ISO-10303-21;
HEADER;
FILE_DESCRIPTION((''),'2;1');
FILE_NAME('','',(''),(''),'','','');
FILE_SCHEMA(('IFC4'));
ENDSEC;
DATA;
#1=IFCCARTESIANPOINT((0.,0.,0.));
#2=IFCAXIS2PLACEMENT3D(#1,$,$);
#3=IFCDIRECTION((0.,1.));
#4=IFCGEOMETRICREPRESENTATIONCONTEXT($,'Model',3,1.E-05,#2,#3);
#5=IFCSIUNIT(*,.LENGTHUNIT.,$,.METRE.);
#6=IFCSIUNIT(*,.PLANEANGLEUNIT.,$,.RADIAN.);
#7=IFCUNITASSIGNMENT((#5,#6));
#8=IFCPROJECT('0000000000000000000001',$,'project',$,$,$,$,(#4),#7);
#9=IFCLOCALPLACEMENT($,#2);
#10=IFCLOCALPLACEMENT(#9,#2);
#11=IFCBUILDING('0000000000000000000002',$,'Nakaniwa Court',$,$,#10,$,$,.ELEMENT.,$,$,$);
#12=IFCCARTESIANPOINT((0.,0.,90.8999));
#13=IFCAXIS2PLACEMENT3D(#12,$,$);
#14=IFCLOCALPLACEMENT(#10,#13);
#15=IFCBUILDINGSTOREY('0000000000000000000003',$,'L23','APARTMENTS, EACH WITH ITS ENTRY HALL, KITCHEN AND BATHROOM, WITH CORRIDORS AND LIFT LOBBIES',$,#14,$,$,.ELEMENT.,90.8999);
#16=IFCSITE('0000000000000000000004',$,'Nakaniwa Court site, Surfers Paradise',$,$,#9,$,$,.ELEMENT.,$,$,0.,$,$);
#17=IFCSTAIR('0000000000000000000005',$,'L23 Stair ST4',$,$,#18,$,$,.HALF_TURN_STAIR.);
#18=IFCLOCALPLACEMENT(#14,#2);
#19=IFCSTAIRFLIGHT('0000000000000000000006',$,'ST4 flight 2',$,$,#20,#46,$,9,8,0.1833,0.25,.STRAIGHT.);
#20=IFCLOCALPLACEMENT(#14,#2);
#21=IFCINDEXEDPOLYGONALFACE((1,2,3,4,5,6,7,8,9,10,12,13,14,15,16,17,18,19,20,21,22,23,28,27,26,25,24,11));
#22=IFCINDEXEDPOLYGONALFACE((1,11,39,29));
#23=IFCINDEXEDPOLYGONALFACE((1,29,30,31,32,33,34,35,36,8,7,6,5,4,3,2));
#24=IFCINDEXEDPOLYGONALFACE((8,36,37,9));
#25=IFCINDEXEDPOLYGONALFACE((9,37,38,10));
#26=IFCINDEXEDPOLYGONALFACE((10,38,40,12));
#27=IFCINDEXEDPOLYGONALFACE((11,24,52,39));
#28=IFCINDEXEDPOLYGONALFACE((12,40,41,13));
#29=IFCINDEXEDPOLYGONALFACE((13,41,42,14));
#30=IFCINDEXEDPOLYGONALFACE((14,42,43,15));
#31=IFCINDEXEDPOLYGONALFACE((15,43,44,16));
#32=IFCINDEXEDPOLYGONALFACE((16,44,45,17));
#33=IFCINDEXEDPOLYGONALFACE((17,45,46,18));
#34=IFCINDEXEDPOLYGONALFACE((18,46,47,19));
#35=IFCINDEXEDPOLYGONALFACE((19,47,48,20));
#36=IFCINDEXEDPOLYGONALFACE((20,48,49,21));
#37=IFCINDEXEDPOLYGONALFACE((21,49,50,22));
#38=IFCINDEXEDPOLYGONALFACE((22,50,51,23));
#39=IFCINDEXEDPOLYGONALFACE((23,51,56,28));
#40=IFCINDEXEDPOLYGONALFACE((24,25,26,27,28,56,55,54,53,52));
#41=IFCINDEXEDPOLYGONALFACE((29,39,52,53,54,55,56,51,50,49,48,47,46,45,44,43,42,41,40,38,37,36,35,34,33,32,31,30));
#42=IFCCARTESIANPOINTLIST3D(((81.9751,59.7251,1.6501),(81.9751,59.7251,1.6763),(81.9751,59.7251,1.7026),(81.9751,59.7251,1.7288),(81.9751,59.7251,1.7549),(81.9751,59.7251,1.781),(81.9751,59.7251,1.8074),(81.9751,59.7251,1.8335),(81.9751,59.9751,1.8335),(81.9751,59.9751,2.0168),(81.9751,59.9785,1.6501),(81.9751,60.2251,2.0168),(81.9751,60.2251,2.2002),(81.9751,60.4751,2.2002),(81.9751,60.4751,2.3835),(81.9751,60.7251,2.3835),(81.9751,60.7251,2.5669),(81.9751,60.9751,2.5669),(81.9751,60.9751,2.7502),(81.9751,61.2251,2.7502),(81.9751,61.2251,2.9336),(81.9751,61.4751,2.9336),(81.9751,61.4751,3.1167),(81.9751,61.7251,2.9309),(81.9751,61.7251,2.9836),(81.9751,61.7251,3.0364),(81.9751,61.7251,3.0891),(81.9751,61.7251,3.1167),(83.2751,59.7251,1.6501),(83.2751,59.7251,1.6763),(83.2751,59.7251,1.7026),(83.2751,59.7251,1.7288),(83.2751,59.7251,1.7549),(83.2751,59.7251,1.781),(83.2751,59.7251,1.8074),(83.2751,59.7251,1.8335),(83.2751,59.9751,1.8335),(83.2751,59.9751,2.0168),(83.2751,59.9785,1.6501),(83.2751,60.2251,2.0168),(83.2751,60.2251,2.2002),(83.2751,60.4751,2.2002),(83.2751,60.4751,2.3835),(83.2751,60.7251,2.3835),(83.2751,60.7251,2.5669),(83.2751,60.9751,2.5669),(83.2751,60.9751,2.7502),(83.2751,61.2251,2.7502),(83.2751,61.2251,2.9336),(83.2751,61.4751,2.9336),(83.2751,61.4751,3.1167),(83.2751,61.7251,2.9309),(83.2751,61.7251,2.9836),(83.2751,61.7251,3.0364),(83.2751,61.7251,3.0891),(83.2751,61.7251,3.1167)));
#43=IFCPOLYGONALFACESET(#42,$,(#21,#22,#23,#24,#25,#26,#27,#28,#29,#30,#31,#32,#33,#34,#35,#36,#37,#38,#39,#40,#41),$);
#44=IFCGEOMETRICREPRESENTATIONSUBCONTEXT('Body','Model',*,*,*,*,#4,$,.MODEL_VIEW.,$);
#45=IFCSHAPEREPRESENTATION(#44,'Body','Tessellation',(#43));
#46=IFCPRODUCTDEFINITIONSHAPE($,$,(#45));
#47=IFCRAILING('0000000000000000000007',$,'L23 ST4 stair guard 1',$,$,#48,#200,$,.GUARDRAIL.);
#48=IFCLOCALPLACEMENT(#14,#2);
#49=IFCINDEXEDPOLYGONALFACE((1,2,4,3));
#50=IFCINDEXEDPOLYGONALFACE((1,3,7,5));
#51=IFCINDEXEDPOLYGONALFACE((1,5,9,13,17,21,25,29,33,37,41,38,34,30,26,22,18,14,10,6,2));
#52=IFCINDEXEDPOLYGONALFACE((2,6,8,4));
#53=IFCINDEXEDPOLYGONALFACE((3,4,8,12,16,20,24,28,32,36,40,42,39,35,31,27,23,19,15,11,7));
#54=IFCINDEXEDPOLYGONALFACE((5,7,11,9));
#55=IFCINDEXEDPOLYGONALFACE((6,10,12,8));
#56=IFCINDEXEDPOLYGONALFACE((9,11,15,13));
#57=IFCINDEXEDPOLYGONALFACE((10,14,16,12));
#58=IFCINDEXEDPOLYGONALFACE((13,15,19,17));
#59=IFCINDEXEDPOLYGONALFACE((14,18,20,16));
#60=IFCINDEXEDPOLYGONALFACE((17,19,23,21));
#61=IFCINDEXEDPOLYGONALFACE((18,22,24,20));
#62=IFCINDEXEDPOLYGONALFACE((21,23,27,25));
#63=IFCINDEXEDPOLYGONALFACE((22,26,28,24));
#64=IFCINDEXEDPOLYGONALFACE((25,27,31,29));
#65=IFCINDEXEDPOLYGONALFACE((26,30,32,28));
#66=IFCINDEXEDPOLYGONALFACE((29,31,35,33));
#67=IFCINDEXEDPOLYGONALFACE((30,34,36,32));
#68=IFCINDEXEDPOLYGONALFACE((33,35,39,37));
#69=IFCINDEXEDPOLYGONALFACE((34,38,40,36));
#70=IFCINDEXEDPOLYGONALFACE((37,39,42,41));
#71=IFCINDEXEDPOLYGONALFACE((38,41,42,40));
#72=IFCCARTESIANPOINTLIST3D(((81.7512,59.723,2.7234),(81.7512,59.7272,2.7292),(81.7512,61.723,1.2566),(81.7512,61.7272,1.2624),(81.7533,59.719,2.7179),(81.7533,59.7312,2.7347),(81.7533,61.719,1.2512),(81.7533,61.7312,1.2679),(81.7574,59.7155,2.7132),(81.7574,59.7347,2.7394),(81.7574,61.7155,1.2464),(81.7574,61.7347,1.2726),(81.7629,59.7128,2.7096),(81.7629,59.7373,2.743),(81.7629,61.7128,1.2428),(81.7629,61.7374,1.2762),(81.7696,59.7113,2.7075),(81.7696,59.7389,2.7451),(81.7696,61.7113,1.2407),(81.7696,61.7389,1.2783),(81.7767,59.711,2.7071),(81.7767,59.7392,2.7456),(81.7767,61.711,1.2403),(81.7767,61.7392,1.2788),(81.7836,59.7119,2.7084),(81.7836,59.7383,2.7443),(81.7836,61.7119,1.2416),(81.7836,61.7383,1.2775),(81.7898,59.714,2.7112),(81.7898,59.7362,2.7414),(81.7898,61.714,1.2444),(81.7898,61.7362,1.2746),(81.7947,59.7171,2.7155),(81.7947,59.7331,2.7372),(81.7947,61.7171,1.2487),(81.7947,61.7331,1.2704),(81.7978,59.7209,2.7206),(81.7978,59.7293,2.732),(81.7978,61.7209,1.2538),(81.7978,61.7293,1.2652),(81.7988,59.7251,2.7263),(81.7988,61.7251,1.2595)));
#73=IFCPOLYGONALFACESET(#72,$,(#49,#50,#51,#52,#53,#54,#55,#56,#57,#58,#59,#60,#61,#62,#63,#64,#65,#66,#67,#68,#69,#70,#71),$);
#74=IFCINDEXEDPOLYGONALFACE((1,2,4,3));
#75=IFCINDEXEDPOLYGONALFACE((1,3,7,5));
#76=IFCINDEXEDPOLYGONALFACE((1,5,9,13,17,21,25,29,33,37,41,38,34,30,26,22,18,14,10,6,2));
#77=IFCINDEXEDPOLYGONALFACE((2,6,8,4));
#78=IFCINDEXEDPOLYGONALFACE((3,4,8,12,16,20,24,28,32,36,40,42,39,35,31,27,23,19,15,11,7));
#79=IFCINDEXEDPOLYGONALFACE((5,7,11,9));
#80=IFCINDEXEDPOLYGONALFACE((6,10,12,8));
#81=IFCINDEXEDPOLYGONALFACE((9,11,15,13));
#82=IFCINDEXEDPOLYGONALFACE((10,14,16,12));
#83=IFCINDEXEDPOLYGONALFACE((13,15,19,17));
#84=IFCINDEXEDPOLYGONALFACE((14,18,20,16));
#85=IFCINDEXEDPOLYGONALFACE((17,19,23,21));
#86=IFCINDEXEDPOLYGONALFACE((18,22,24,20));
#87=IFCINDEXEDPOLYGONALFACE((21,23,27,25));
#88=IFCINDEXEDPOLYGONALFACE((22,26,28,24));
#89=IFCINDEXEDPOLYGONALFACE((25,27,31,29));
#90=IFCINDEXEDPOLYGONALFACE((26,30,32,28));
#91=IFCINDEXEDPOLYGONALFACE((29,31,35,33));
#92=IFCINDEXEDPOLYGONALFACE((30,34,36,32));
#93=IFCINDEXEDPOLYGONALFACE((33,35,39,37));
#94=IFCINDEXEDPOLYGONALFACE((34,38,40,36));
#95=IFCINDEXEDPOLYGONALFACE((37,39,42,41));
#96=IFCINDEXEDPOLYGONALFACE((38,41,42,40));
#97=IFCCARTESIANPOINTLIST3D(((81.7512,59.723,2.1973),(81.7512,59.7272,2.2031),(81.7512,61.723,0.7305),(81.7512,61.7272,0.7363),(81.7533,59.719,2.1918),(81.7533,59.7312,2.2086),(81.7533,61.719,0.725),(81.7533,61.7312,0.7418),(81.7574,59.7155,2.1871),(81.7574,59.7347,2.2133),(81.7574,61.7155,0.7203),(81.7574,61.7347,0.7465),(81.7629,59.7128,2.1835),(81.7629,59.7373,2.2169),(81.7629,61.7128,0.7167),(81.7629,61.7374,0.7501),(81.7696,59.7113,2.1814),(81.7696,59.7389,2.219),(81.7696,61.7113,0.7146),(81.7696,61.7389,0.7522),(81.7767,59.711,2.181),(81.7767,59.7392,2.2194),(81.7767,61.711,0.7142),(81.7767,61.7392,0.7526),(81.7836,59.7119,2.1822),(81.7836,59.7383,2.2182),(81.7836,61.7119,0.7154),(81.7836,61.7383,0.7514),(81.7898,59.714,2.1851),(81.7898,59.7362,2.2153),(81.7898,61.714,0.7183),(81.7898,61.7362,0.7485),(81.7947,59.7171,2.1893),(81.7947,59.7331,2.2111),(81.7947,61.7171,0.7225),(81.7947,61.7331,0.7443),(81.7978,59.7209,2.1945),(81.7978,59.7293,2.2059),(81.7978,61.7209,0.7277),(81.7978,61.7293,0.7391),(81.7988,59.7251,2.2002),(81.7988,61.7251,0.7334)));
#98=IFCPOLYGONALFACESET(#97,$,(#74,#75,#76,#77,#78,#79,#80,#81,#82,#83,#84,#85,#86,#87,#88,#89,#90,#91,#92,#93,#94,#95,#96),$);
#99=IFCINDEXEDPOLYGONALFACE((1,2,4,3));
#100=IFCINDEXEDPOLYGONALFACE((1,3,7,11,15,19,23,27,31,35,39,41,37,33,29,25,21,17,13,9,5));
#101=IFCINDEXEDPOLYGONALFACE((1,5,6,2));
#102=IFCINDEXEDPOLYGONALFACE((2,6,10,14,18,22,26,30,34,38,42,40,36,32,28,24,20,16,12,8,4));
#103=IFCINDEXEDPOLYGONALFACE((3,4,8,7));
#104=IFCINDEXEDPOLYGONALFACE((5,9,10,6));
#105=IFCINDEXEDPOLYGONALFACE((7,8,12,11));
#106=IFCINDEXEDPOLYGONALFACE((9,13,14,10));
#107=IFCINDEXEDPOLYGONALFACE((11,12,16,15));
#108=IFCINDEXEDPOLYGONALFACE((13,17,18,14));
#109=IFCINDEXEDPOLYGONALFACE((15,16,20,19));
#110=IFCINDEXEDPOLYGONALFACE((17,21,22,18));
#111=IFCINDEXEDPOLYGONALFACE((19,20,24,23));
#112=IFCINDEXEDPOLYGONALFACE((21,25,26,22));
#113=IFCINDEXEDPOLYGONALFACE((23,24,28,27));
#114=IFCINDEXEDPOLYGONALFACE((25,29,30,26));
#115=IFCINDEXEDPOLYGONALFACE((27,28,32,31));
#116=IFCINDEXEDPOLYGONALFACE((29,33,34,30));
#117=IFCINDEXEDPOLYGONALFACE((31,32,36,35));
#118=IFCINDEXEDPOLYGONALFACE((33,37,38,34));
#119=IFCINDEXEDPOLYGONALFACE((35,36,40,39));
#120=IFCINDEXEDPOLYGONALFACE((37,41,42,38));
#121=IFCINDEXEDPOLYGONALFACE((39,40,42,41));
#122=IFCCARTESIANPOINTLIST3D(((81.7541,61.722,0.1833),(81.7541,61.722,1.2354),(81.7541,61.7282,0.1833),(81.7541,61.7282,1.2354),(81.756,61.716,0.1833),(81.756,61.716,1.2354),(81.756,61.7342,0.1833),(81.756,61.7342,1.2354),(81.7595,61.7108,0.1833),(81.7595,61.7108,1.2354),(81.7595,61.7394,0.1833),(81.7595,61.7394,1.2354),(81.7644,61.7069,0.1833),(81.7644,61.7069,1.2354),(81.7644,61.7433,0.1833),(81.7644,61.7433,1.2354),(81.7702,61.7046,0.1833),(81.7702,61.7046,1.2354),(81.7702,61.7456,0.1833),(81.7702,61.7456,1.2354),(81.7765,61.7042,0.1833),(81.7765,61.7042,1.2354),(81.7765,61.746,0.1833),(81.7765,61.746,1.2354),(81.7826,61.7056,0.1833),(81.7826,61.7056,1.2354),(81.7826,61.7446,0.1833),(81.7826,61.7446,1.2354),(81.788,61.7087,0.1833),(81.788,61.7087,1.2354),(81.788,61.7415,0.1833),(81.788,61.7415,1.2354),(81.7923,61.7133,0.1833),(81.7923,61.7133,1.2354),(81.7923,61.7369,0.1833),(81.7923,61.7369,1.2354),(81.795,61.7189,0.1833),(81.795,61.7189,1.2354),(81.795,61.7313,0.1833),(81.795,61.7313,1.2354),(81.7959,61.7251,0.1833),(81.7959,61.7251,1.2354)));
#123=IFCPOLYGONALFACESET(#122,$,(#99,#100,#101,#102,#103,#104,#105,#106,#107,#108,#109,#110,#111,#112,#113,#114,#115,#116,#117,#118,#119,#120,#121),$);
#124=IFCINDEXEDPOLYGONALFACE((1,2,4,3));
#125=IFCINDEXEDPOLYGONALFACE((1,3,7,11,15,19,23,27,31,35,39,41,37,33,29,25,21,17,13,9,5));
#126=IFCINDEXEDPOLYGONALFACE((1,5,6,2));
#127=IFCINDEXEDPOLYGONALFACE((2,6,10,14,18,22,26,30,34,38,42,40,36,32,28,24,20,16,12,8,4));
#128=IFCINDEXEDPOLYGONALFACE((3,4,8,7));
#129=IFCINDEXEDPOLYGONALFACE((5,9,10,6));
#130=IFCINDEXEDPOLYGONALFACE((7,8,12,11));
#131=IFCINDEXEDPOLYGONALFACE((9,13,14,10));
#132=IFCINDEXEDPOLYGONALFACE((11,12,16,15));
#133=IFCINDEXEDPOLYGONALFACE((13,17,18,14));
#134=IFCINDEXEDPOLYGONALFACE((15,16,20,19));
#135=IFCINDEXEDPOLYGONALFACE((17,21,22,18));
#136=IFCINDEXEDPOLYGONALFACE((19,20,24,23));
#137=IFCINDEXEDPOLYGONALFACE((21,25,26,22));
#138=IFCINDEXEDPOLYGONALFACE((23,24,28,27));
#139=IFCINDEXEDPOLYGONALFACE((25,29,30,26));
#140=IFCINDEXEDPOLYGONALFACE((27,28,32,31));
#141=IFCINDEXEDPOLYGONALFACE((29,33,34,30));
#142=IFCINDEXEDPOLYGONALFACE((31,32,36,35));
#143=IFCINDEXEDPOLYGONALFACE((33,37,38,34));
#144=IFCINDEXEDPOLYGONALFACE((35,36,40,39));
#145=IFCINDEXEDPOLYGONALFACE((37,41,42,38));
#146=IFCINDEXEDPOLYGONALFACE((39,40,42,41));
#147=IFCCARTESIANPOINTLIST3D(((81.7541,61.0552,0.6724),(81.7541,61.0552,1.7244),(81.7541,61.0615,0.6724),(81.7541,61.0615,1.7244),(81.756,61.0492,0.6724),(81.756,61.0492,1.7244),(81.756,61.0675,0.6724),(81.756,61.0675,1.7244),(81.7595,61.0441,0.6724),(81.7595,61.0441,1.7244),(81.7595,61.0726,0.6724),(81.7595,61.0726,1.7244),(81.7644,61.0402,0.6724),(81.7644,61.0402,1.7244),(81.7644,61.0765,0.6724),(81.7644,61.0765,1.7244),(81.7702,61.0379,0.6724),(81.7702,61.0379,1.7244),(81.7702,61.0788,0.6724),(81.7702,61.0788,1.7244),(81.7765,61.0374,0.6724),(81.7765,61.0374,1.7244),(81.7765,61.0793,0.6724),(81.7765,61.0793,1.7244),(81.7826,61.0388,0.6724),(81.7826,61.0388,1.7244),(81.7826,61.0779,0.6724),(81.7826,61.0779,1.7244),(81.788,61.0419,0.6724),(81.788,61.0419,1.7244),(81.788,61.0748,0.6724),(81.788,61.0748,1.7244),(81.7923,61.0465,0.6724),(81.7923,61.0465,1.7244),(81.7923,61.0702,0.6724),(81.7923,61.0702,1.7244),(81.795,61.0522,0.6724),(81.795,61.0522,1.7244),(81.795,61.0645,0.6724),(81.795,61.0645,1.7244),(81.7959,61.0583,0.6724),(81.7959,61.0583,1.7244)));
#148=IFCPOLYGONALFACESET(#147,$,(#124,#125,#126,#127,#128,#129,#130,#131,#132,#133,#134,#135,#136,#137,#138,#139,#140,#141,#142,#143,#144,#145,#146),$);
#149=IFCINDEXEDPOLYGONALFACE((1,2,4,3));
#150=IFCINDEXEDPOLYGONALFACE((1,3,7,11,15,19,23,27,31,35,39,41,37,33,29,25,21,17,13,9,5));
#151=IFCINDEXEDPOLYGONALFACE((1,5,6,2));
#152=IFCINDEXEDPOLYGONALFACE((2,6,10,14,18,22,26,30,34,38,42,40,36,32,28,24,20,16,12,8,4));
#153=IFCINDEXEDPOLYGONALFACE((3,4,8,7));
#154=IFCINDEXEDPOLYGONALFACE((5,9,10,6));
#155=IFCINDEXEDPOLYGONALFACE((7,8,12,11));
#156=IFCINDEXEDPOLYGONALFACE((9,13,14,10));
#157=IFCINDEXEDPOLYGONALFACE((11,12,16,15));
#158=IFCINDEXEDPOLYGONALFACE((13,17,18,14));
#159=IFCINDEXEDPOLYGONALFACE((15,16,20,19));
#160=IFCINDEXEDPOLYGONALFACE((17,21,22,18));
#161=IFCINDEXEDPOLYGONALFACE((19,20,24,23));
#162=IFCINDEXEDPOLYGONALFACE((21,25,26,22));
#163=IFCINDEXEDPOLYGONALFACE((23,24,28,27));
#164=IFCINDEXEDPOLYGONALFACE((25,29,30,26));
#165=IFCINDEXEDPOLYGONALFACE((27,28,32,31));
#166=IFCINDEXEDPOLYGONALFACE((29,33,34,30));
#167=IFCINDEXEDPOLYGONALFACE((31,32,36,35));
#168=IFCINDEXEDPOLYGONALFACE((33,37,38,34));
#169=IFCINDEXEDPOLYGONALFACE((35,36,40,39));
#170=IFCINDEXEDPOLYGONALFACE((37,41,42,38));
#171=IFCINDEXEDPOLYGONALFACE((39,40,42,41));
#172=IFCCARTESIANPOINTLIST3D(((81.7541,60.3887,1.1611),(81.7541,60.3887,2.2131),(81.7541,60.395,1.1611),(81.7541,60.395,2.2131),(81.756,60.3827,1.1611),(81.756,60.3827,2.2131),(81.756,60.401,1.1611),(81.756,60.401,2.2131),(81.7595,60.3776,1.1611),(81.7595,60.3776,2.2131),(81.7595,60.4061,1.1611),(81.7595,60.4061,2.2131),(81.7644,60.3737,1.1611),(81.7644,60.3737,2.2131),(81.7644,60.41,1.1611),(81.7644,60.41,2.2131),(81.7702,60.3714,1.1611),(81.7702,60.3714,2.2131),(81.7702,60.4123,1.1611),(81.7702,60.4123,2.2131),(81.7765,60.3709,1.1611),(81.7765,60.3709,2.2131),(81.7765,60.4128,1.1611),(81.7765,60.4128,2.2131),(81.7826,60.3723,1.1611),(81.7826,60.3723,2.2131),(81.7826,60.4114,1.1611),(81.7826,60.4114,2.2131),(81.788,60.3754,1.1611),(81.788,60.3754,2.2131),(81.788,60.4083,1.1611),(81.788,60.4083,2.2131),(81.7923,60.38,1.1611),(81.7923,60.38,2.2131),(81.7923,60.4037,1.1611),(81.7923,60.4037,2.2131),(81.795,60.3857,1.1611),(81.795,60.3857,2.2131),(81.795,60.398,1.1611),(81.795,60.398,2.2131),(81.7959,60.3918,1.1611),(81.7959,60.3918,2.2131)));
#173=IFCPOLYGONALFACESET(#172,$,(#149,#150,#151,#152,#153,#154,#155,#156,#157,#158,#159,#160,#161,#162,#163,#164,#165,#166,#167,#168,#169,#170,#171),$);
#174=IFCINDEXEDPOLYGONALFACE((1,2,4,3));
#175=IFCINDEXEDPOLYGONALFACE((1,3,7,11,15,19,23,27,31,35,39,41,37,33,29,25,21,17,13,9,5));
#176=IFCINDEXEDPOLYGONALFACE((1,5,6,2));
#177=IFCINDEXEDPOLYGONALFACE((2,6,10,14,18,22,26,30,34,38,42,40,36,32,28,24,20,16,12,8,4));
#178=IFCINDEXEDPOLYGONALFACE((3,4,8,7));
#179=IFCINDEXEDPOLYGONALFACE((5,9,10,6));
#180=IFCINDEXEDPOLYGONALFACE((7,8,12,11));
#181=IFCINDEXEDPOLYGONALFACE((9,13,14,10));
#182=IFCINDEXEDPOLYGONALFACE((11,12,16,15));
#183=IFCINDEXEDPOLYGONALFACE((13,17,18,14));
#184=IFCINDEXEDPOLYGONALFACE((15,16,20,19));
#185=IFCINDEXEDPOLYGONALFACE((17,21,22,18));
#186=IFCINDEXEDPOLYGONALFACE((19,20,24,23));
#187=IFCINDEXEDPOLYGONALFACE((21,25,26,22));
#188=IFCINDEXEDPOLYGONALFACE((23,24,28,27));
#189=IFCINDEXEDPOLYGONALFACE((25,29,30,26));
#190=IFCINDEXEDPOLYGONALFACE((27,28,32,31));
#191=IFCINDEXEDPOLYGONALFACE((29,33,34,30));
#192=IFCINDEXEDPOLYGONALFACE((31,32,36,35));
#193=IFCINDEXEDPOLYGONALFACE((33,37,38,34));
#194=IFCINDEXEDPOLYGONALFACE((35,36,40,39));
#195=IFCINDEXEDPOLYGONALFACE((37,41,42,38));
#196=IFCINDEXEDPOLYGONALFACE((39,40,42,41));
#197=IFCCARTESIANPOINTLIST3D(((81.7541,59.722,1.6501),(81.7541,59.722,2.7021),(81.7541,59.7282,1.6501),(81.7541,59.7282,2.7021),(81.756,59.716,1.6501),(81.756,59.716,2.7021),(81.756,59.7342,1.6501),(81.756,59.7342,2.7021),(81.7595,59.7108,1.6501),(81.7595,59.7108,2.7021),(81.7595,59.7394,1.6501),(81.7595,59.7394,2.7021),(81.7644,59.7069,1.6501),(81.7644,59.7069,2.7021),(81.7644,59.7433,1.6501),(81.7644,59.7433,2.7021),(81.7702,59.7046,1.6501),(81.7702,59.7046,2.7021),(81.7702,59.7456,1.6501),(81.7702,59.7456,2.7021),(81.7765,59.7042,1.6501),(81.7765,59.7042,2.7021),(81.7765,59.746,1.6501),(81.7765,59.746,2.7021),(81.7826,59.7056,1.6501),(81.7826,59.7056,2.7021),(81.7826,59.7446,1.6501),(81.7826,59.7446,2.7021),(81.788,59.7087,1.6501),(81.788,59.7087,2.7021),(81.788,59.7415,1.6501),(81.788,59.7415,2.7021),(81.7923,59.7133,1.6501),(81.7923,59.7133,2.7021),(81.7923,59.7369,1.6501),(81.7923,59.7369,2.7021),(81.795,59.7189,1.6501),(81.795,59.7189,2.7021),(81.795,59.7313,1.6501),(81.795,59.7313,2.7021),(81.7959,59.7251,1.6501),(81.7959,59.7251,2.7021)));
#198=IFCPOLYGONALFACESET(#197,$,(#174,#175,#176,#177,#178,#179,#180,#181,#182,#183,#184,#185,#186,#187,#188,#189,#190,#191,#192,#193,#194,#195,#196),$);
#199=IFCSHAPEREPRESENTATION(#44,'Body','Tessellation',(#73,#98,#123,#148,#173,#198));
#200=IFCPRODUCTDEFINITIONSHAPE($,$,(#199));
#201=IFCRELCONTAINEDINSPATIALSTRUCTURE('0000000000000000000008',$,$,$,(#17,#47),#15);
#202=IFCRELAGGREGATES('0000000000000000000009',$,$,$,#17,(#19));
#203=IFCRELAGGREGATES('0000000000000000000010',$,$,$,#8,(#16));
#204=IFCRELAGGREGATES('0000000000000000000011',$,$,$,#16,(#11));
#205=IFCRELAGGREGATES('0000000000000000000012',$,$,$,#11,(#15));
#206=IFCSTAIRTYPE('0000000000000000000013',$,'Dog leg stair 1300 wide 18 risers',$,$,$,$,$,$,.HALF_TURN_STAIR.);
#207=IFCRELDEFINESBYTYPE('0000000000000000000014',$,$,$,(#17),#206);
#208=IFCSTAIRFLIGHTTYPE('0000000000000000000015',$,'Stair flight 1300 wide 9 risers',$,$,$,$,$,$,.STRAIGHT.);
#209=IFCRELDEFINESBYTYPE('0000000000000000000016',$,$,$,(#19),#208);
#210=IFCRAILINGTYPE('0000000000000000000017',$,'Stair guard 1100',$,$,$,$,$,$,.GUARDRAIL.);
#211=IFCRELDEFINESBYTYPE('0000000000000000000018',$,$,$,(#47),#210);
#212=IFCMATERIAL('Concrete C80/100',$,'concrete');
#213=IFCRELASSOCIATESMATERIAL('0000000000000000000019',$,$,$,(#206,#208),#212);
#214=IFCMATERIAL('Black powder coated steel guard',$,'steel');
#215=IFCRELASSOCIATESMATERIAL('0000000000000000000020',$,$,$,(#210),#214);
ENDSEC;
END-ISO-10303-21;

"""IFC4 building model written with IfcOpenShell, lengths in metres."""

from ifc_helpers import new_model, si_unit, direction, frame, origin, origin_2d, place, context, subcontext, project, spatial, polyline, circle, outline, extrude, material, type_object, element, aggregate, save


model = new_model("IFC4")

# Units and contexts
model_context = context("Model", 3, precision=1e-05, world=origin(), true_north=direction((0.0, 1.0)))
body_context = subcontext(model_context, "Body", "Model", "MODEL_VIEW")
ifc_project = project(units=[si_unit("LENGTHUNIT", "METRE"), si_unit("PLANEANGLEUNIT", "RADIAN")], contexts=[model_context])

# Site, building, storey
site_placement = place(None, origin())
site = spatial("IfcSite", under=ifc_project, at=site_placement, Name="Nakaniwa Court site, Surfers Paradise", CompositionType="ELEMENT", RefElevation=0.0)
building_placement = place(site_placement, origin())
building = spatial("IfcBuilding", under=site, at=building_placement, Name="Nakaniwa Court", CompositionType="ELEMENT")
storey_placement = place(building_placement, frame((0.0, 0.0, 90.8999)))
storey = spatial("IfcBuildingStorey", under=building, at=storey_placement, Name="L23", Description="APARTMENTS, EACH WITH ITS ENTRY HALL, KITCHEN AND BATHROOM, WITH CORRIDORS AND LIFT LOBBIES", CompositionType="ELEMENT", Elevation=90.8999)

# Shared definitions
ifc_material_1 = material(Name="Concrete C80/100", Category="concrete")

# Stair, stair flight
stair_type = type_object("IfcStairType", Name="Dog leg stair 1300 wide 18 risers", PredefinedType="HALF_TURN_STAIR", material=ifc_material_1)
stair_placement = place(storey_placement, origin())
stair = element("IfcStair", 1, at=stair_placement, inside=storey, type_object=stair_type, Name="L23 Stair ST4", PredefinedType="HALF_TURN_STAIR")
stair_flight_type = type_object("IfcStairFlightType", Name="Stair flight 1300 wide 9 risers", PredefinedType="STRAIGHT", material=ifc_material_1)
stair_flight_1_placement = place(storey_placement, frame((82.625, 59.7251, 1.6501), z_axis=(0.0, 0.0, 1.0), x_axis=(0.0, 1.0, 0.0)))
stair_flight_1 = element("IfcStairFlight", 2, at=stair_flight_1_placement, type_object=stair_flight_type, Name="ST4 flight 2", NumberOfRisers=9, NumberOfTreads=8, PredefinedType="STRAIGHT", RiserHeight=0.1833, TreadLength=0.25, context=body_context, shape_type="SweptSolid", body=[
    extrude(outline(polyline([(0.0, 0.0), (0.0, 0.0261), (0.0, 0.0525), (0.0, 0.0786), (0.0, 0.1047), (0.0, 0.1309), (0.0, 0.1572), (0.0, 0.1833), (0.25, 0.1833), (0.25, 0.3667), (0.5, 0.3667), (0.5, 0.55), (0.75, 0.55), (0.75, 0.7334), (1.0, 0.7334), (1.0, 0.9167), (1.25, 0.9167), (1.25, 1.1001), (1.5, 1.1001), (1.5, 1.2834), (1.75, 1.2834), (1.75, 1.4666), (2.0, 1.4666), (2.0, 1.6499), (2.0, 1.5972), (2.0, 1.5444), (2.0, 1.4917), (2.0, 1.439), (2.0, 1.3862), (2.0, 1.3335), (2.0, 1.2808), (0.2534, 0.0), (0.0, 0.0)])), frame((0.0, 0.6499, 0.0), z_axis=(0.0, -1.0, 0.0), x_axis=(1.0, 0.0, 0.0)), (0.0, 0.0, 1.0), 1.3),
])
aggregate(stair, [stair_flight_1])

# Railing
ifc_material_2 = material(Name="Black powder coated steel guard", Category="steel")
railing_type_1 = type_object("IfcRailingType", Name="Stair guard 1100", PredefinedType="GUARDRAIL", material=ifc_material_2)
railing_1_placement = place(storey_placement, frame((81.7749, 61.7251, 0.1833)))
element("IfcRailing", 3, at=railing_1_placement, inside=storey, type_object=railing_type_1, Name="L23 ST4 stair guard 1", PredefinedType="GUARDRAIL", context=body_context, shape_type="SweptSolid", body=[
    extrude(circle(Radius=0.0239, at=origin_2d()), frame((0.0, 0.0, 1.0762), z_axis=(0.0, -0.80638, 0.591398), x_axis=(1.0, 0.0, 0.0)), (0.0, 0.0, 1.0), 2.4802),
    extrude(circle(Radius=0.0239, at=origin_2d()), frame((0.0, 0.0, 0.55), z_axis=(0.0, -0.80638, 0.591398), x_axis=(1.0, 0.0, 0.0)), (0.0, 0.0, 1.0), 2.4802),
    extrude(circle(Radius=0.021, at=origin_2d()), origin(), (0.0, 0.0, 1.0), 1.052),
    extrude(circle(Radius=0.021, at=origin_2d()), frame((0.0, -0.6667, 0.489)), (0.0, 0.0, 1.0), 1.052),
    extrude(circle(Radius=0.021, at=origin_2d()), frame((0.0, -1.3333, 0.9778)), (0.0, 0.0, 1.0), 1.052),
    extrude(circle(Radius=0.021, at=origin_2d()), frame((0.0, -2.0, 1.4668)), (0.0, 0.0, 1.0), 1.052),
])

save(model, "model.ifc")
